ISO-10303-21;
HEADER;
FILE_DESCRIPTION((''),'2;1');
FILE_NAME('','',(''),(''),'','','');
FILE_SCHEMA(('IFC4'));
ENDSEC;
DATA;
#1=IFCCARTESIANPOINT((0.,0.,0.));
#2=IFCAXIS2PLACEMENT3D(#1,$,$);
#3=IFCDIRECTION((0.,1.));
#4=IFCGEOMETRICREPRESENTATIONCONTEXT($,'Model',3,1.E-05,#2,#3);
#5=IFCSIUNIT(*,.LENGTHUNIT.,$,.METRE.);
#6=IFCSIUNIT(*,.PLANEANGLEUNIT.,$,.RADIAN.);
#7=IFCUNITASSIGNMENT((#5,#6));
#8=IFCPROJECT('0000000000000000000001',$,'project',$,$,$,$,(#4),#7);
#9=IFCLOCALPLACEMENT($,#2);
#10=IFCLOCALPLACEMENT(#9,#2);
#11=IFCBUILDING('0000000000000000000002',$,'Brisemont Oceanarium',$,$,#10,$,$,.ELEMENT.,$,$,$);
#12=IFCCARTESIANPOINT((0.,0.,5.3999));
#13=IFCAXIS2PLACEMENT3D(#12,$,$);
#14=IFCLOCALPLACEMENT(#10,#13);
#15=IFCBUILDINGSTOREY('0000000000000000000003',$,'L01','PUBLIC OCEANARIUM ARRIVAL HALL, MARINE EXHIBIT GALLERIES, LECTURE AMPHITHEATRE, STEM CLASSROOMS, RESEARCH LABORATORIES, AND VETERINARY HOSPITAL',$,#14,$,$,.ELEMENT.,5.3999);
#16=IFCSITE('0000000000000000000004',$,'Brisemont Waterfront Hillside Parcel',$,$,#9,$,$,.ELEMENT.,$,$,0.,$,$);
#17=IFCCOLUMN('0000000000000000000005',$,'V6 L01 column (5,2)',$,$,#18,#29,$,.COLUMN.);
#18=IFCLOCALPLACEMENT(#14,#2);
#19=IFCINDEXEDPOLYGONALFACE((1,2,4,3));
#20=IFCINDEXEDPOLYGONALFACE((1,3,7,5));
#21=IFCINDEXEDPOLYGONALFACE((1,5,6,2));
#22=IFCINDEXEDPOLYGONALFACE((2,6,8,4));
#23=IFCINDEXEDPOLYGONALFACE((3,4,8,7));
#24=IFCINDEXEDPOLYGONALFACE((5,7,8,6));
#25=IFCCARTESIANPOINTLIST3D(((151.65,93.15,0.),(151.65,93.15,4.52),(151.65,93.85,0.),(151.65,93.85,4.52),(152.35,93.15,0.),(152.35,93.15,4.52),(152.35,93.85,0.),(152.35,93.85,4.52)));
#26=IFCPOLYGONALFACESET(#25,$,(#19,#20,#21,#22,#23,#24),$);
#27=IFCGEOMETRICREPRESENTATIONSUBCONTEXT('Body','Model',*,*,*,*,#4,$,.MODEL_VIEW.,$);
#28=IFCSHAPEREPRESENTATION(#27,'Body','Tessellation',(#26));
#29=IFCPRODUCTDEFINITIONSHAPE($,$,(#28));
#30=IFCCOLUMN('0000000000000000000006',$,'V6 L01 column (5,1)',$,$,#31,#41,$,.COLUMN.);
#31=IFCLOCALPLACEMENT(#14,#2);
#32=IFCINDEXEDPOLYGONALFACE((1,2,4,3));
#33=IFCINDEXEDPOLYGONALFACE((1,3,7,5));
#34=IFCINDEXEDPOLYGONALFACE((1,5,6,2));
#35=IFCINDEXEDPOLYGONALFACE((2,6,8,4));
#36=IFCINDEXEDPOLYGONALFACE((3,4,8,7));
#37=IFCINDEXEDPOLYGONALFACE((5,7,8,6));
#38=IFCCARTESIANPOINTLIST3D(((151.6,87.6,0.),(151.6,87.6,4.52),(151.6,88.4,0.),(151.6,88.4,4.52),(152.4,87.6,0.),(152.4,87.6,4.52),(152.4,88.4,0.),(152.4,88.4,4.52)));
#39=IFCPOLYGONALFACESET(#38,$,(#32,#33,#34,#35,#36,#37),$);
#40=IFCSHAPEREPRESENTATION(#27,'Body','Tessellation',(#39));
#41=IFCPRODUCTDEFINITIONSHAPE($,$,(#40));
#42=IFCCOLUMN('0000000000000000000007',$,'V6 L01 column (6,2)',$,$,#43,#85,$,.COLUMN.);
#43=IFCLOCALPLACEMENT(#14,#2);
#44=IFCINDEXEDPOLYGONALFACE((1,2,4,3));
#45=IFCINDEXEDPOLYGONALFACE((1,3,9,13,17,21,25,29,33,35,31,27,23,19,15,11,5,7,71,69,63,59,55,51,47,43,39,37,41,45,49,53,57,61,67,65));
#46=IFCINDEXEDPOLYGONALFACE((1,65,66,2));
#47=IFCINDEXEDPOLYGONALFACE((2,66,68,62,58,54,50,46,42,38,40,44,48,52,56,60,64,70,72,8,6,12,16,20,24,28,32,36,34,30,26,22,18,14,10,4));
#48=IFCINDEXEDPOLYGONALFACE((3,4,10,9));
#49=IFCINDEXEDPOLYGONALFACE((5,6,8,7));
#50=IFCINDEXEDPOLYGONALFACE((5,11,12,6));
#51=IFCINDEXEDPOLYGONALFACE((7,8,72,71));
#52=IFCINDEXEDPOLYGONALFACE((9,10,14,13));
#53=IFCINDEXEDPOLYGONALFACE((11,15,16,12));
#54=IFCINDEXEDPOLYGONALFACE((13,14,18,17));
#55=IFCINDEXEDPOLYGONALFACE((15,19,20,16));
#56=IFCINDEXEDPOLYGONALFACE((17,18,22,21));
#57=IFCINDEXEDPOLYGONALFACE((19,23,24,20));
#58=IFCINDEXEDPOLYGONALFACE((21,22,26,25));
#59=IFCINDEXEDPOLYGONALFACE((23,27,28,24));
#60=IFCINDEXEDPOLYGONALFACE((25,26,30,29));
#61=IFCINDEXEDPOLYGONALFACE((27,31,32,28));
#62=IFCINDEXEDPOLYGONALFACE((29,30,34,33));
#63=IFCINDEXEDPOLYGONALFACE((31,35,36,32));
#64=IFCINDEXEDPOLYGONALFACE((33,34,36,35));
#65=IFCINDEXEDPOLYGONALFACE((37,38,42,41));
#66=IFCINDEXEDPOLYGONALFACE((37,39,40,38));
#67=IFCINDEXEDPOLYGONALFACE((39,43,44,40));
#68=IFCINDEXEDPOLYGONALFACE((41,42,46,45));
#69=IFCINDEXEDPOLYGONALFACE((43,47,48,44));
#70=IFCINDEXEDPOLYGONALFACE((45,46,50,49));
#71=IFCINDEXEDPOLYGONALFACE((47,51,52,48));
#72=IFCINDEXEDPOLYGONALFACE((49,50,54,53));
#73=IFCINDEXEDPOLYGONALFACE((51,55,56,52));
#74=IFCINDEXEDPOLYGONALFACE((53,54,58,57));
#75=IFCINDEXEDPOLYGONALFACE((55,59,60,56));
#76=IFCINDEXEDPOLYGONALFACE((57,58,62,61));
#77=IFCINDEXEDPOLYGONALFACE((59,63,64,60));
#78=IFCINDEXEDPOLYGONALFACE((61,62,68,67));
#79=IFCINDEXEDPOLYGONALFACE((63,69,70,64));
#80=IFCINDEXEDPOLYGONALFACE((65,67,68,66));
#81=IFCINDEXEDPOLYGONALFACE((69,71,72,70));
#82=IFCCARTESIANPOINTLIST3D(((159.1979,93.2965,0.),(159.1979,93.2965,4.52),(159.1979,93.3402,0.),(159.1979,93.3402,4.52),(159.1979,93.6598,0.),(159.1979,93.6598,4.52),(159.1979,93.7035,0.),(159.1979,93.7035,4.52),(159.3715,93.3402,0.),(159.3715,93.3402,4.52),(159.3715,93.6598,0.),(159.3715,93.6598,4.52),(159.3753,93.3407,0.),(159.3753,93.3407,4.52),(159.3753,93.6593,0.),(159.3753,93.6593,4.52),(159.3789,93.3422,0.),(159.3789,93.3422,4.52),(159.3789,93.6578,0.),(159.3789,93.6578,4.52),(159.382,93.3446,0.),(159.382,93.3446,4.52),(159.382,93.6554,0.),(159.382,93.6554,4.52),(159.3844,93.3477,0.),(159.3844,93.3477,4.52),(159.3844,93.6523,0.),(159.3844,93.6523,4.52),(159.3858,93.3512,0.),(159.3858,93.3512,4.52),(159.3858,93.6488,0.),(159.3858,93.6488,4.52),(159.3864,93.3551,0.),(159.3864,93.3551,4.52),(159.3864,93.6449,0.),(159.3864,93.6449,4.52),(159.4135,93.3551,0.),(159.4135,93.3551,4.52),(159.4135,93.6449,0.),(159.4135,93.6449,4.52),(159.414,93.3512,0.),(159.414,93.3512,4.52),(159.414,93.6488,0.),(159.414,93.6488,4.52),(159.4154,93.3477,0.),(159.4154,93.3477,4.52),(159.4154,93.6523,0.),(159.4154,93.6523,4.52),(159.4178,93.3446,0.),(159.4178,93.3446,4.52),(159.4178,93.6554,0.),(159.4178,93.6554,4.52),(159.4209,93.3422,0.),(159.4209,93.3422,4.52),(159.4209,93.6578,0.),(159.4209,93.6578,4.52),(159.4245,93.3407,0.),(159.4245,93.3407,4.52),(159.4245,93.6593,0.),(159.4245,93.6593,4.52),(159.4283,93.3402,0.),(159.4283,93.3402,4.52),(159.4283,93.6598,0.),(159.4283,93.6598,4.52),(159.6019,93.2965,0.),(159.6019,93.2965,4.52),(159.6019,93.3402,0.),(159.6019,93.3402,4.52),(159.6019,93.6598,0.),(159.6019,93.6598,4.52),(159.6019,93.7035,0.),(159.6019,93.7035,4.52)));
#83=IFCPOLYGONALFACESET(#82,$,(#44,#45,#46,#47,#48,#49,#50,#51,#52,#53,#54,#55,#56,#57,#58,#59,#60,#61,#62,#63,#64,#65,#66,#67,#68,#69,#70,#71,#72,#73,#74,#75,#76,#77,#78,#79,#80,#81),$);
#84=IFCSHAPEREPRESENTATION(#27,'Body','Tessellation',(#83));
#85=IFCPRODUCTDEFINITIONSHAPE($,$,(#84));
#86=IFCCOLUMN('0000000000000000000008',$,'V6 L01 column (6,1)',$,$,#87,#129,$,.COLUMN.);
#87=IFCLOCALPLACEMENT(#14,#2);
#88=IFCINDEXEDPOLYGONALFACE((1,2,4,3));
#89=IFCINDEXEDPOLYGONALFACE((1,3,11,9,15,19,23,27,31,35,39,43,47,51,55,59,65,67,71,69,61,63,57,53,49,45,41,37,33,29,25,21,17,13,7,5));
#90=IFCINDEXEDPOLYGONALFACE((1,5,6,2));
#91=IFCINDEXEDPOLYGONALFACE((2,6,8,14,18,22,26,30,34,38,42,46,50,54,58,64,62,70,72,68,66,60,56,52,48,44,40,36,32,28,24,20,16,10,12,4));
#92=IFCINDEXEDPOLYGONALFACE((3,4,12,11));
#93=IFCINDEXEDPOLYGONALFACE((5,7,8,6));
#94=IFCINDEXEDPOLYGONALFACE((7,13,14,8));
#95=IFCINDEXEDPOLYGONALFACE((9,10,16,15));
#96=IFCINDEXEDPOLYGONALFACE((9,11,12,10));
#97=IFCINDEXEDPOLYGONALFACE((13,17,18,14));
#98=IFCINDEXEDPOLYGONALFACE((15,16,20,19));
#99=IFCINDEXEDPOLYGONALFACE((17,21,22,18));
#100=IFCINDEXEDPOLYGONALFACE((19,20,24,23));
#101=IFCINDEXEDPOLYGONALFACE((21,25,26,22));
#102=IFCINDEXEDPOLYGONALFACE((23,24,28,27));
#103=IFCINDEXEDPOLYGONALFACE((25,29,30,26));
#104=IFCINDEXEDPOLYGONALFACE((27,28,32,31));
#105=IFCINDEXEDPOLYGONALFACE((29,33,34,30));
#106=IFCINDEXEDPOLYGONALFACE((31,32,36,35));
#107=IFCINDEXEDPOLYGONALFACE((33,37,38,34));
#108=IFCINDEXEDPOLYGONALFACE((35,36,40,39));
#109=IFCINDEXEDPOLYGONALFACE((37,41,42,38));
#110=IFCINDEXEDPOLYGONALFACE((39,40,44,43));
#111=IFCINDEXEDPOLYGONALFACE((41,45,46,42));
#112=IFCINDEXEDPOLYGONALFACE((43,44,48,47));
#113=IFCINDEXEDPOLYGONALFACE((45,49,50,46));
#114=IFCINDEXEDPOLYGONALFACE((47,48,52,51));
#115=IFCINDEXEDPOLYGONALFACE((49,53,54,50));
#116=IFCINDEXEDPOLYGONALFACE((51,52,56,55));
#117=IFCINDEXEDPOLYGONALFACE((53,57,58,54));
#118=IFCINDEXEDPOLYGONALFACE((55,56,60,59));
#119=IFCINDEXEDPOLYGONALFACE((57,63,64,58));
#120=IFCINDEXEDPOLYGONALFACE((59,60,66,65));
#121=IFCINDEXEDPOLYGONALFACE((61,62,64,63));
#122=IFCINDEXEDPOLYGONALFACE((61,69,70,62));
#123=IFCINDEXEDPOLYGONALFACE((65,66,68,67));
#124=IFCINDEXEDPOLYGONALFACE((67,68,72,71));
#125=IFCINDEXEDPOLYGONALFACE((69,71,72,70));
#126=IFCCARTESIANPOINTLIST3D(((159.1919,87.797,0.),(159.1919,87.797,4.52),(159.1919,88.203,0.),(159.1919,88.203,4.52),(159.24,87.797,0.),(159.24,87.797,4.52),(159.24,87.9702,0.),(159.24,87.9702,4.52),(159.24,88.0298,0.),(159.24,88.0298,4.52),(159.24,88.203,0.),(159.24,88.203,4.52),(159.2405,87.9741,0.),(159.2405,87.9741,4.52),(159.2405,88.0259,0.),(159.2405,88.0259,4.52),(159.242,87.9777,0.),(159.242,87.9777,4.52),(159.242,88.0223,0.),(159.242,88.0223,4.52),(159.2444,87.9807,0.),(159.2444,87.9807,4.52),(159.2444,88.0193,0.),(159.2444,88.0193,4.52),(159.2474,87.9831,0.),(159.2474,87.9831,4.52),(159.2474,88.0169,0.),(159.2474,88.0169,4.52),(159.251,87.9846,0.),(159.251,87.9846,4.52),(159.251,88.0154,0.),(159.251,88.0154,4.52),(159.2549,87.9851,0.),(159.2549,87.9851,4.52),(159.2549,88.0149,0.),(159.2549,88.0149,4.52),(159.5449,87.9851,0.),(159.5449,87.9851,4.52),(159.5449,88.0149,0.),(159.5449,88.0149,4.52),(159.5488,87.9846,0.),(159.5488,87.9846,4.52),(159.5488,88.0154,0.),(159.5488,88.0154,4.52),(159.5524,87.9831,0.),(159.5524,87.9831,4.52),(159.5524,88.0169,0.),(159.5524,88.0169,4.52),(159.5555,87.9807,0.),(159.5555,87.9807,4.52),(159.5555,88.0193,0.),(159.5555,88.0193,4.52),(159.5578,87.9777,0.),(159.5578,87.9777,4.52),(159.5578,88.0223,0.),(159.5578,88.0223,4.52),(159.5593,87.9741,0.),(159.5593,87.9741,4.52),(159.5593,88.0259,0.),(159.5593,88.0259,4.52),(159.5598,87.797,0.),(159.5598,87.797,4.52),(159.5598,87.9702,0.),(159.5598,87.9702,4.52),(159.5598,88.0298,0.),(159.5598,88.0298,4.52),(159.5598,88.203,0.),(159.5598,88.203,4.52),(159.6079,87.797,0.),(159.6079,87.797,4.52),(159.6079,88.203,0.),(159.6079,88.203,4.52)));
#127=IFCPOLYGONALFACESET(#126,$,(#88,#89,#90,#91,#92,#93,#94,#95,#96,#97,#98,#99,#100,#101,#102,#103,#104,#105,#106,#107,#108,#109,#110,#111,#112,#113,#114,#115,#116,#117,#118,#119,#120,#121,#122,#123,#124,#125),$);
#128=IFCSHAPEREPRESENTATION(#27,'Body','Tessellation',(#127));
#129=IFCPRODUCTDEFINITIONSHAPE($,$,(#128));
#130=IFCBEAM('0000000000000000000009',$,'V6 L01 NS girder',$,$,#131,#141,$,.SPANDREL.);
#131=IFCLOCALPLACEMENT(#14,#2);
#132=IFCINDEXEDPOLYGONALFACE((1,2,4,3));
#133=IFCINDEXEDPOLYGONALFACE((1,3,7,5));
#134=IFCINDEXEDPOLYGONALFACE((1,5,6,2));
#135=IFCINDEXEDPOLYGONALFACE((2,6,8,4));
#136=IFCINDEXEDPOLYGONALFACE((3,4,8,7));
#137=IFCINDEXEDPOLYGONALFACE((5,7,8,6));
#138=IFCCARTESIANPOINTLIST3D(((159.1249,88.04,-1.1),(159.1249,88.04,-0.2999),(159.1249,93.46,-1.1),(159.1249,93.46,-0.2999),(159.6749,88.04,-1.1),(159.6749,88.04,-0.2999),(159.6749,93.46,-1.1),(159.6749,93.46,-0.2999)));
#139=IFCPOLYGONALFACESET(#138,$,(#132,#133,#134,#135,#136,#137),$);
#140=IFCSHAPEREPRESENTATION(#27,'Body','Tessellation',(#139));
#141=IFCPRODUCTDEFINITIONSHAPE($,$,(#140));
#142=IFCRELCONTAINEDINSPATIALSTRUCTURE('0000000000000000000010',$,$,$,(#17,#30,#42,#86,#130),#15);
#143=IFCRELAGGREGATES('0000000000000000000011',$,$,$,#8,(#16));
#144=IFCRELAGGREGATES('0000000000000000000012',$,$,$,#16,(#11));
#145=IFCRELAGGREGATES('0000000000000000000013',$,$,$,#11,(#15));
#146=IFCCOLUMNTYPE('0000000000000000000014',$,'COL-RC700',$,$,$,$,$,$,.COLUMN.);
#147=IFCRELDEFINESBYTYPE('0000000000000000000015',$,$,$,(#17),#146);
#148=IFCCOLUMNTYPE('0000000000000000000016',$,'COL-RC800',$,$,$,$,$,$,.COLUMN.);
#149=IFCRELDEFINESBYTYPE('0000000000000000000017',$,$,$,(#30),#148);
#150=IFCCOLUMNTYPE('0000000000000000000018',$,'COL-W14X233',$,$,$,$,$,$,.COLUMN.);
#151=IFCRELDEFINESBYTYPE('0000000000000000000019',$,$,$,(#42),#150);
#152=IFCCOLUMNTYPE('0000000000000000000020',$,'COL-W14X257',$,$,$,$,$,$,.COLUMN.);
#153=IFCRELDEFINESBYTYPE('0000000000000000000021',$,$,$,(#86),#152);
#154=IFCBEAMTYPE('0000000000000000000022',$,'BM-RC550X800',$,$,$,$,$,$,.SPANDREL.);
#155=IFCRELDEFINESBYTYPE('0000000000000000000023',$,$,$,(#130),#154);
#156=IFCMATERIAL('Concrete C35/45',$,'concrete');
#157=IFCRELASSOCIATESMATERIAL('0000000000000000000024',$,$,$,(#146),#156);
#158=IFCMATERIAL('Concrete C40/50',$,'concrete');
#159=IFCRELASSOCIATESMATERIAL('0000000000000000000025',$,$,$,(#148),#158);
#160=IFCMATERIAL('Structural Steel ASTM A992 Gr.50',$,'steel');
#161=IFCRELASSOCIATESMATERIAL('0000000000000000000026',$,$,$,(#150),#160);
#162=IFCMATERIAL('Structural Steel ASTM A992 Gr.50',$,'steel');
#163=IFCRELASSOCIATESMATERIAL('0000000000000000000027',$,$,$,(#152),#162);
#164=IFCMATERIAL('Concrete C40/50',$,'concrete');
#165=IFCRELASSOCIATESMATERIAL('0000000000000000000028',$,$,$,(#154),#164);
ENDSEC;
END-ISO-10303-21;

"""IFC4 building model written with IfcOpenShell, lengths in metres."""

from ifc_helpers import new_model, si_unit, direction, frame, origin, origin_2d, place, context, subcontext, project, spatial, rectangle, i_section, extrude, material, material_profile, profile_set, type_object, element, save


model = new_model("IFC4")

# Units and contexts
model_context = context("Model", 3, precision=1e-05, world=origin(), true_north=direction((0.0, 1.0)))
body_context = subcontext(model_context, "Body", "Model", "MODEL_VIEW")
ifc_project = project(units=[si_unit("LENGTHUNIT", "METRE"), si_unit("PLANEANGLEUNIT", "RADIAN")], contexts=[model_context])

# Site, building, storey
site_placement = place(None, origin())
site = spatial("IfcSite", under=ifc_project, at=site_placement, Name="Brisemont Waterfront Hillside Parcel", CompositionType="ELEMENT", RefElevation=0.0)
building_placement = place(site_placement, origin())
building = spatial("IfcBuilding", under=site, at=building_placement, Name="Brisemont Oceanarium", CompositionType="ELEMENT")
storey_placement = place(building_placement, frame((0.0, 0.0, 5.3999)))
storey = spatial("IfcBuildingStorey", under=building, at=storey_placement, Name="L01", Description="PUBLIC OCEANARIUM ARRIVAL HALL, MARINE EXHIBIT GALLERIES, LECTURE AMPHITHEATRE, STEM CLASSROOMS, RESEARCH LABORATORIES, AND VETERINARY HOSPITAL", CompositionType="ELEMENT", Elevation=5.3999)

# Columns
ifc_material_1 = material(Name="Concrete C35/45", Category="concrete")
ifc_material_profile_1 = material_profile(ifc_material_1, rectangle(XDim=0.7, YDim=0.7, at=origin_2d()), Name="RC-COL-700X700")
ifc_profile_set_1 = profile_set([ifc_material_profile_1], Name="Concrete C35/45")
column_type_1 = type_object("IfcColumnType", Name="COL-RC700", PredefinedType="COLUMN", material=ifc_profile_set_1)
column_1_placement = place(storey_placement, frame((152.0, 93.5, 0.0), z_axis=(0.0, 0.0, 1.0), x_axis=(0.0, 1.0, 0.0)))
element("IfcColumn", 1, at=column_1_placement, inside=storey, type_object=column_type_1, Name="V6 L01 column (5,2)", PredefinedType="COLUMN", context=body_context, shape_type="SweptSolid", body=[
    extrude(rectangle(XDim=0.7, YDim=0.7, at=origin_2d()), origin(), (0.0, 0.0, 1.0), 4.52),
])
ifc_material_2 = material(Name="Concrete C40/50", Category="concrete")
ifc_material_profile_2 = material_profile(ifc_material_2, rectangle(XDim=0.8, YDim=0.8, at=origin_2d()), Name="RC-COL-800X800")
ifc_profile_set_2 = profile_set([ifc_material_profile_2], Name="Concrete C40/50")
column_type_2 = type_object("IfcColumnType", Name="COL-RC800", PredefinedType="COLUMN", material=ifc_profile_set_2)
column_2_placement = place(storey_placement, frame((152.0, 88.0, 0.0), z_axis=(0.0, 0.0, 1.0), x_axis=(1.0, 0.0, 0.0)))
element("IfcColumn", 2, at=column_2_placement, inside=storey, type_object=column_type_2, Name="V6 L01 column (5,1)", PredefinedType="COLUMN", context=body_context, shape_type="SweptSolid", body=[
    extrude(rectangle(XDim=0.8, YDim=0.8, at=origin_2d()), origin(), (0.0, 0.0, 1.0), 4.52),
])
ifc_material_3 = material(Name="Structural Steel ASTM A992 Gr.50", Category="steel")
ifc_material_profile_3 = material_profile(ifc_material_3, i_section(OverallWidth=0.4041, OverallDepth=0.407, WebThickness=0.0271, FlangeThickness=0.0437, FilletRadius=0.0149, at=origin_2d()), Name="W14X233")
ifc_profile_set_3 = profile_set([ifc_material_profile_3], Name="Structural Steel ASTM A992 Gr.50")
column_type_3 = type_object("IfcColumnType", Name="COL-W14X233", PredefinedType="COLUMN", material=ifc_profile_set_3)
column_3_placement = place(storey_placement, frame((159.3999, 93.5, 0.0), z_axis=(0.0, 0.0, 1.0), x_axis=(1.0, 0.0, 0.0)))
element("IfcColumn", 3, at=column_3_placement, inside=storey, type_object=column_type_3, Name="V6 L01 column (6,2)", PredefinedType="COLUMN", context=body_context, shape_type="SweptSolid", body=[
    extrude(i_section(OverallWidth=0.4041, OverallDepth=0.407, WebThickness=0.0271, FlangeThickness=0.0437, FilletRadius=0.0149, at=origin_2d()), origin(), (0.0, 0.0, 1.0), 4.52),
])
ifc_material_4 = material(Name="Structural Steel ASTM A992 Gr.50", Category="steel")
ifc_material_profile_4 = material_profile(ifc_material_4, i_section(OverallWidth=0.406, OverallDepth=0.416, WebThickness=0.0298, FlangeThickness=0.0481, FilletRadius=0.0149, at=origin_2d()), Name="W14X257")
ifc_profile_set_4 = profile_set([ifc_material_profile_4], Name="Structural Steel ASTM A992 Gr.50")
column_type_4 = type_object("IfcColumnType", Name="COL-W14X257", PredefinedType="COLUMN", material=ifc_profile_set_4)
column_4_placement = place(storey_placement, frame((159.3999, 88.0, 0.0), z_axis=(0.0, 0.0, 1.0), x_axis=(0.0, 1.0, 0.0)))
element("IfcColumn", 4, at=column_4_placement, inside=storey, type_object=column_type_4, Name="V6 L01 column (6,1)", PredefinedType="COLUMN", context=body_context, shape_type="SweptSolid", body=[
    extrude(i_section(OverallWidth=0.406, OverallDepth=0.416, WebThickness=0.0298, FlangeThickness=0.0481, FilletRadius=0.0149, at=origin_2d()), origin(), (0.0, 0.0, 1.0), 4.52),
])

# Beam
ifc_material_5 = material(Name="Concrete C40/50", Category="concrete")
ifc_material_profile_5 = material_profile(ifc_material_5, rectangle(XDim=0.55, YDim=0.8, at=origin_2d()), Name="RC-BM-550X800")
ifc_profile_set_5 = profile_set([ifc_material_profile_5], Name="Concrete C40/50")
beam_type_1 = type_object("IfcBeamType", Name="BM-RC550X800", PredefinedType="SPANDREL", material=ifc_profile_set_5)
beam_1_placement = place(storey_placement, frame((159.3999, 88.04, -0.7), z_axis=(0.0, 1.0, 0.0), x_axis=(-1.0, 0.0, 0.0)))
element("IfcBeam", 5, at=beam_1_placement, inside=storey, type_object=beam_type_1, Name="V6 L01 NS girder", PredefinedType="SPANDREL", context=body_context, shape_type="SweptSolid", body=[
    extrude(rectangle(XDim=0.55, YDim=0.8, at=origin_2d()), origin(), (0.0, 0.0, 1.0), 5.4199),
])

save(model, "model.ifc")
